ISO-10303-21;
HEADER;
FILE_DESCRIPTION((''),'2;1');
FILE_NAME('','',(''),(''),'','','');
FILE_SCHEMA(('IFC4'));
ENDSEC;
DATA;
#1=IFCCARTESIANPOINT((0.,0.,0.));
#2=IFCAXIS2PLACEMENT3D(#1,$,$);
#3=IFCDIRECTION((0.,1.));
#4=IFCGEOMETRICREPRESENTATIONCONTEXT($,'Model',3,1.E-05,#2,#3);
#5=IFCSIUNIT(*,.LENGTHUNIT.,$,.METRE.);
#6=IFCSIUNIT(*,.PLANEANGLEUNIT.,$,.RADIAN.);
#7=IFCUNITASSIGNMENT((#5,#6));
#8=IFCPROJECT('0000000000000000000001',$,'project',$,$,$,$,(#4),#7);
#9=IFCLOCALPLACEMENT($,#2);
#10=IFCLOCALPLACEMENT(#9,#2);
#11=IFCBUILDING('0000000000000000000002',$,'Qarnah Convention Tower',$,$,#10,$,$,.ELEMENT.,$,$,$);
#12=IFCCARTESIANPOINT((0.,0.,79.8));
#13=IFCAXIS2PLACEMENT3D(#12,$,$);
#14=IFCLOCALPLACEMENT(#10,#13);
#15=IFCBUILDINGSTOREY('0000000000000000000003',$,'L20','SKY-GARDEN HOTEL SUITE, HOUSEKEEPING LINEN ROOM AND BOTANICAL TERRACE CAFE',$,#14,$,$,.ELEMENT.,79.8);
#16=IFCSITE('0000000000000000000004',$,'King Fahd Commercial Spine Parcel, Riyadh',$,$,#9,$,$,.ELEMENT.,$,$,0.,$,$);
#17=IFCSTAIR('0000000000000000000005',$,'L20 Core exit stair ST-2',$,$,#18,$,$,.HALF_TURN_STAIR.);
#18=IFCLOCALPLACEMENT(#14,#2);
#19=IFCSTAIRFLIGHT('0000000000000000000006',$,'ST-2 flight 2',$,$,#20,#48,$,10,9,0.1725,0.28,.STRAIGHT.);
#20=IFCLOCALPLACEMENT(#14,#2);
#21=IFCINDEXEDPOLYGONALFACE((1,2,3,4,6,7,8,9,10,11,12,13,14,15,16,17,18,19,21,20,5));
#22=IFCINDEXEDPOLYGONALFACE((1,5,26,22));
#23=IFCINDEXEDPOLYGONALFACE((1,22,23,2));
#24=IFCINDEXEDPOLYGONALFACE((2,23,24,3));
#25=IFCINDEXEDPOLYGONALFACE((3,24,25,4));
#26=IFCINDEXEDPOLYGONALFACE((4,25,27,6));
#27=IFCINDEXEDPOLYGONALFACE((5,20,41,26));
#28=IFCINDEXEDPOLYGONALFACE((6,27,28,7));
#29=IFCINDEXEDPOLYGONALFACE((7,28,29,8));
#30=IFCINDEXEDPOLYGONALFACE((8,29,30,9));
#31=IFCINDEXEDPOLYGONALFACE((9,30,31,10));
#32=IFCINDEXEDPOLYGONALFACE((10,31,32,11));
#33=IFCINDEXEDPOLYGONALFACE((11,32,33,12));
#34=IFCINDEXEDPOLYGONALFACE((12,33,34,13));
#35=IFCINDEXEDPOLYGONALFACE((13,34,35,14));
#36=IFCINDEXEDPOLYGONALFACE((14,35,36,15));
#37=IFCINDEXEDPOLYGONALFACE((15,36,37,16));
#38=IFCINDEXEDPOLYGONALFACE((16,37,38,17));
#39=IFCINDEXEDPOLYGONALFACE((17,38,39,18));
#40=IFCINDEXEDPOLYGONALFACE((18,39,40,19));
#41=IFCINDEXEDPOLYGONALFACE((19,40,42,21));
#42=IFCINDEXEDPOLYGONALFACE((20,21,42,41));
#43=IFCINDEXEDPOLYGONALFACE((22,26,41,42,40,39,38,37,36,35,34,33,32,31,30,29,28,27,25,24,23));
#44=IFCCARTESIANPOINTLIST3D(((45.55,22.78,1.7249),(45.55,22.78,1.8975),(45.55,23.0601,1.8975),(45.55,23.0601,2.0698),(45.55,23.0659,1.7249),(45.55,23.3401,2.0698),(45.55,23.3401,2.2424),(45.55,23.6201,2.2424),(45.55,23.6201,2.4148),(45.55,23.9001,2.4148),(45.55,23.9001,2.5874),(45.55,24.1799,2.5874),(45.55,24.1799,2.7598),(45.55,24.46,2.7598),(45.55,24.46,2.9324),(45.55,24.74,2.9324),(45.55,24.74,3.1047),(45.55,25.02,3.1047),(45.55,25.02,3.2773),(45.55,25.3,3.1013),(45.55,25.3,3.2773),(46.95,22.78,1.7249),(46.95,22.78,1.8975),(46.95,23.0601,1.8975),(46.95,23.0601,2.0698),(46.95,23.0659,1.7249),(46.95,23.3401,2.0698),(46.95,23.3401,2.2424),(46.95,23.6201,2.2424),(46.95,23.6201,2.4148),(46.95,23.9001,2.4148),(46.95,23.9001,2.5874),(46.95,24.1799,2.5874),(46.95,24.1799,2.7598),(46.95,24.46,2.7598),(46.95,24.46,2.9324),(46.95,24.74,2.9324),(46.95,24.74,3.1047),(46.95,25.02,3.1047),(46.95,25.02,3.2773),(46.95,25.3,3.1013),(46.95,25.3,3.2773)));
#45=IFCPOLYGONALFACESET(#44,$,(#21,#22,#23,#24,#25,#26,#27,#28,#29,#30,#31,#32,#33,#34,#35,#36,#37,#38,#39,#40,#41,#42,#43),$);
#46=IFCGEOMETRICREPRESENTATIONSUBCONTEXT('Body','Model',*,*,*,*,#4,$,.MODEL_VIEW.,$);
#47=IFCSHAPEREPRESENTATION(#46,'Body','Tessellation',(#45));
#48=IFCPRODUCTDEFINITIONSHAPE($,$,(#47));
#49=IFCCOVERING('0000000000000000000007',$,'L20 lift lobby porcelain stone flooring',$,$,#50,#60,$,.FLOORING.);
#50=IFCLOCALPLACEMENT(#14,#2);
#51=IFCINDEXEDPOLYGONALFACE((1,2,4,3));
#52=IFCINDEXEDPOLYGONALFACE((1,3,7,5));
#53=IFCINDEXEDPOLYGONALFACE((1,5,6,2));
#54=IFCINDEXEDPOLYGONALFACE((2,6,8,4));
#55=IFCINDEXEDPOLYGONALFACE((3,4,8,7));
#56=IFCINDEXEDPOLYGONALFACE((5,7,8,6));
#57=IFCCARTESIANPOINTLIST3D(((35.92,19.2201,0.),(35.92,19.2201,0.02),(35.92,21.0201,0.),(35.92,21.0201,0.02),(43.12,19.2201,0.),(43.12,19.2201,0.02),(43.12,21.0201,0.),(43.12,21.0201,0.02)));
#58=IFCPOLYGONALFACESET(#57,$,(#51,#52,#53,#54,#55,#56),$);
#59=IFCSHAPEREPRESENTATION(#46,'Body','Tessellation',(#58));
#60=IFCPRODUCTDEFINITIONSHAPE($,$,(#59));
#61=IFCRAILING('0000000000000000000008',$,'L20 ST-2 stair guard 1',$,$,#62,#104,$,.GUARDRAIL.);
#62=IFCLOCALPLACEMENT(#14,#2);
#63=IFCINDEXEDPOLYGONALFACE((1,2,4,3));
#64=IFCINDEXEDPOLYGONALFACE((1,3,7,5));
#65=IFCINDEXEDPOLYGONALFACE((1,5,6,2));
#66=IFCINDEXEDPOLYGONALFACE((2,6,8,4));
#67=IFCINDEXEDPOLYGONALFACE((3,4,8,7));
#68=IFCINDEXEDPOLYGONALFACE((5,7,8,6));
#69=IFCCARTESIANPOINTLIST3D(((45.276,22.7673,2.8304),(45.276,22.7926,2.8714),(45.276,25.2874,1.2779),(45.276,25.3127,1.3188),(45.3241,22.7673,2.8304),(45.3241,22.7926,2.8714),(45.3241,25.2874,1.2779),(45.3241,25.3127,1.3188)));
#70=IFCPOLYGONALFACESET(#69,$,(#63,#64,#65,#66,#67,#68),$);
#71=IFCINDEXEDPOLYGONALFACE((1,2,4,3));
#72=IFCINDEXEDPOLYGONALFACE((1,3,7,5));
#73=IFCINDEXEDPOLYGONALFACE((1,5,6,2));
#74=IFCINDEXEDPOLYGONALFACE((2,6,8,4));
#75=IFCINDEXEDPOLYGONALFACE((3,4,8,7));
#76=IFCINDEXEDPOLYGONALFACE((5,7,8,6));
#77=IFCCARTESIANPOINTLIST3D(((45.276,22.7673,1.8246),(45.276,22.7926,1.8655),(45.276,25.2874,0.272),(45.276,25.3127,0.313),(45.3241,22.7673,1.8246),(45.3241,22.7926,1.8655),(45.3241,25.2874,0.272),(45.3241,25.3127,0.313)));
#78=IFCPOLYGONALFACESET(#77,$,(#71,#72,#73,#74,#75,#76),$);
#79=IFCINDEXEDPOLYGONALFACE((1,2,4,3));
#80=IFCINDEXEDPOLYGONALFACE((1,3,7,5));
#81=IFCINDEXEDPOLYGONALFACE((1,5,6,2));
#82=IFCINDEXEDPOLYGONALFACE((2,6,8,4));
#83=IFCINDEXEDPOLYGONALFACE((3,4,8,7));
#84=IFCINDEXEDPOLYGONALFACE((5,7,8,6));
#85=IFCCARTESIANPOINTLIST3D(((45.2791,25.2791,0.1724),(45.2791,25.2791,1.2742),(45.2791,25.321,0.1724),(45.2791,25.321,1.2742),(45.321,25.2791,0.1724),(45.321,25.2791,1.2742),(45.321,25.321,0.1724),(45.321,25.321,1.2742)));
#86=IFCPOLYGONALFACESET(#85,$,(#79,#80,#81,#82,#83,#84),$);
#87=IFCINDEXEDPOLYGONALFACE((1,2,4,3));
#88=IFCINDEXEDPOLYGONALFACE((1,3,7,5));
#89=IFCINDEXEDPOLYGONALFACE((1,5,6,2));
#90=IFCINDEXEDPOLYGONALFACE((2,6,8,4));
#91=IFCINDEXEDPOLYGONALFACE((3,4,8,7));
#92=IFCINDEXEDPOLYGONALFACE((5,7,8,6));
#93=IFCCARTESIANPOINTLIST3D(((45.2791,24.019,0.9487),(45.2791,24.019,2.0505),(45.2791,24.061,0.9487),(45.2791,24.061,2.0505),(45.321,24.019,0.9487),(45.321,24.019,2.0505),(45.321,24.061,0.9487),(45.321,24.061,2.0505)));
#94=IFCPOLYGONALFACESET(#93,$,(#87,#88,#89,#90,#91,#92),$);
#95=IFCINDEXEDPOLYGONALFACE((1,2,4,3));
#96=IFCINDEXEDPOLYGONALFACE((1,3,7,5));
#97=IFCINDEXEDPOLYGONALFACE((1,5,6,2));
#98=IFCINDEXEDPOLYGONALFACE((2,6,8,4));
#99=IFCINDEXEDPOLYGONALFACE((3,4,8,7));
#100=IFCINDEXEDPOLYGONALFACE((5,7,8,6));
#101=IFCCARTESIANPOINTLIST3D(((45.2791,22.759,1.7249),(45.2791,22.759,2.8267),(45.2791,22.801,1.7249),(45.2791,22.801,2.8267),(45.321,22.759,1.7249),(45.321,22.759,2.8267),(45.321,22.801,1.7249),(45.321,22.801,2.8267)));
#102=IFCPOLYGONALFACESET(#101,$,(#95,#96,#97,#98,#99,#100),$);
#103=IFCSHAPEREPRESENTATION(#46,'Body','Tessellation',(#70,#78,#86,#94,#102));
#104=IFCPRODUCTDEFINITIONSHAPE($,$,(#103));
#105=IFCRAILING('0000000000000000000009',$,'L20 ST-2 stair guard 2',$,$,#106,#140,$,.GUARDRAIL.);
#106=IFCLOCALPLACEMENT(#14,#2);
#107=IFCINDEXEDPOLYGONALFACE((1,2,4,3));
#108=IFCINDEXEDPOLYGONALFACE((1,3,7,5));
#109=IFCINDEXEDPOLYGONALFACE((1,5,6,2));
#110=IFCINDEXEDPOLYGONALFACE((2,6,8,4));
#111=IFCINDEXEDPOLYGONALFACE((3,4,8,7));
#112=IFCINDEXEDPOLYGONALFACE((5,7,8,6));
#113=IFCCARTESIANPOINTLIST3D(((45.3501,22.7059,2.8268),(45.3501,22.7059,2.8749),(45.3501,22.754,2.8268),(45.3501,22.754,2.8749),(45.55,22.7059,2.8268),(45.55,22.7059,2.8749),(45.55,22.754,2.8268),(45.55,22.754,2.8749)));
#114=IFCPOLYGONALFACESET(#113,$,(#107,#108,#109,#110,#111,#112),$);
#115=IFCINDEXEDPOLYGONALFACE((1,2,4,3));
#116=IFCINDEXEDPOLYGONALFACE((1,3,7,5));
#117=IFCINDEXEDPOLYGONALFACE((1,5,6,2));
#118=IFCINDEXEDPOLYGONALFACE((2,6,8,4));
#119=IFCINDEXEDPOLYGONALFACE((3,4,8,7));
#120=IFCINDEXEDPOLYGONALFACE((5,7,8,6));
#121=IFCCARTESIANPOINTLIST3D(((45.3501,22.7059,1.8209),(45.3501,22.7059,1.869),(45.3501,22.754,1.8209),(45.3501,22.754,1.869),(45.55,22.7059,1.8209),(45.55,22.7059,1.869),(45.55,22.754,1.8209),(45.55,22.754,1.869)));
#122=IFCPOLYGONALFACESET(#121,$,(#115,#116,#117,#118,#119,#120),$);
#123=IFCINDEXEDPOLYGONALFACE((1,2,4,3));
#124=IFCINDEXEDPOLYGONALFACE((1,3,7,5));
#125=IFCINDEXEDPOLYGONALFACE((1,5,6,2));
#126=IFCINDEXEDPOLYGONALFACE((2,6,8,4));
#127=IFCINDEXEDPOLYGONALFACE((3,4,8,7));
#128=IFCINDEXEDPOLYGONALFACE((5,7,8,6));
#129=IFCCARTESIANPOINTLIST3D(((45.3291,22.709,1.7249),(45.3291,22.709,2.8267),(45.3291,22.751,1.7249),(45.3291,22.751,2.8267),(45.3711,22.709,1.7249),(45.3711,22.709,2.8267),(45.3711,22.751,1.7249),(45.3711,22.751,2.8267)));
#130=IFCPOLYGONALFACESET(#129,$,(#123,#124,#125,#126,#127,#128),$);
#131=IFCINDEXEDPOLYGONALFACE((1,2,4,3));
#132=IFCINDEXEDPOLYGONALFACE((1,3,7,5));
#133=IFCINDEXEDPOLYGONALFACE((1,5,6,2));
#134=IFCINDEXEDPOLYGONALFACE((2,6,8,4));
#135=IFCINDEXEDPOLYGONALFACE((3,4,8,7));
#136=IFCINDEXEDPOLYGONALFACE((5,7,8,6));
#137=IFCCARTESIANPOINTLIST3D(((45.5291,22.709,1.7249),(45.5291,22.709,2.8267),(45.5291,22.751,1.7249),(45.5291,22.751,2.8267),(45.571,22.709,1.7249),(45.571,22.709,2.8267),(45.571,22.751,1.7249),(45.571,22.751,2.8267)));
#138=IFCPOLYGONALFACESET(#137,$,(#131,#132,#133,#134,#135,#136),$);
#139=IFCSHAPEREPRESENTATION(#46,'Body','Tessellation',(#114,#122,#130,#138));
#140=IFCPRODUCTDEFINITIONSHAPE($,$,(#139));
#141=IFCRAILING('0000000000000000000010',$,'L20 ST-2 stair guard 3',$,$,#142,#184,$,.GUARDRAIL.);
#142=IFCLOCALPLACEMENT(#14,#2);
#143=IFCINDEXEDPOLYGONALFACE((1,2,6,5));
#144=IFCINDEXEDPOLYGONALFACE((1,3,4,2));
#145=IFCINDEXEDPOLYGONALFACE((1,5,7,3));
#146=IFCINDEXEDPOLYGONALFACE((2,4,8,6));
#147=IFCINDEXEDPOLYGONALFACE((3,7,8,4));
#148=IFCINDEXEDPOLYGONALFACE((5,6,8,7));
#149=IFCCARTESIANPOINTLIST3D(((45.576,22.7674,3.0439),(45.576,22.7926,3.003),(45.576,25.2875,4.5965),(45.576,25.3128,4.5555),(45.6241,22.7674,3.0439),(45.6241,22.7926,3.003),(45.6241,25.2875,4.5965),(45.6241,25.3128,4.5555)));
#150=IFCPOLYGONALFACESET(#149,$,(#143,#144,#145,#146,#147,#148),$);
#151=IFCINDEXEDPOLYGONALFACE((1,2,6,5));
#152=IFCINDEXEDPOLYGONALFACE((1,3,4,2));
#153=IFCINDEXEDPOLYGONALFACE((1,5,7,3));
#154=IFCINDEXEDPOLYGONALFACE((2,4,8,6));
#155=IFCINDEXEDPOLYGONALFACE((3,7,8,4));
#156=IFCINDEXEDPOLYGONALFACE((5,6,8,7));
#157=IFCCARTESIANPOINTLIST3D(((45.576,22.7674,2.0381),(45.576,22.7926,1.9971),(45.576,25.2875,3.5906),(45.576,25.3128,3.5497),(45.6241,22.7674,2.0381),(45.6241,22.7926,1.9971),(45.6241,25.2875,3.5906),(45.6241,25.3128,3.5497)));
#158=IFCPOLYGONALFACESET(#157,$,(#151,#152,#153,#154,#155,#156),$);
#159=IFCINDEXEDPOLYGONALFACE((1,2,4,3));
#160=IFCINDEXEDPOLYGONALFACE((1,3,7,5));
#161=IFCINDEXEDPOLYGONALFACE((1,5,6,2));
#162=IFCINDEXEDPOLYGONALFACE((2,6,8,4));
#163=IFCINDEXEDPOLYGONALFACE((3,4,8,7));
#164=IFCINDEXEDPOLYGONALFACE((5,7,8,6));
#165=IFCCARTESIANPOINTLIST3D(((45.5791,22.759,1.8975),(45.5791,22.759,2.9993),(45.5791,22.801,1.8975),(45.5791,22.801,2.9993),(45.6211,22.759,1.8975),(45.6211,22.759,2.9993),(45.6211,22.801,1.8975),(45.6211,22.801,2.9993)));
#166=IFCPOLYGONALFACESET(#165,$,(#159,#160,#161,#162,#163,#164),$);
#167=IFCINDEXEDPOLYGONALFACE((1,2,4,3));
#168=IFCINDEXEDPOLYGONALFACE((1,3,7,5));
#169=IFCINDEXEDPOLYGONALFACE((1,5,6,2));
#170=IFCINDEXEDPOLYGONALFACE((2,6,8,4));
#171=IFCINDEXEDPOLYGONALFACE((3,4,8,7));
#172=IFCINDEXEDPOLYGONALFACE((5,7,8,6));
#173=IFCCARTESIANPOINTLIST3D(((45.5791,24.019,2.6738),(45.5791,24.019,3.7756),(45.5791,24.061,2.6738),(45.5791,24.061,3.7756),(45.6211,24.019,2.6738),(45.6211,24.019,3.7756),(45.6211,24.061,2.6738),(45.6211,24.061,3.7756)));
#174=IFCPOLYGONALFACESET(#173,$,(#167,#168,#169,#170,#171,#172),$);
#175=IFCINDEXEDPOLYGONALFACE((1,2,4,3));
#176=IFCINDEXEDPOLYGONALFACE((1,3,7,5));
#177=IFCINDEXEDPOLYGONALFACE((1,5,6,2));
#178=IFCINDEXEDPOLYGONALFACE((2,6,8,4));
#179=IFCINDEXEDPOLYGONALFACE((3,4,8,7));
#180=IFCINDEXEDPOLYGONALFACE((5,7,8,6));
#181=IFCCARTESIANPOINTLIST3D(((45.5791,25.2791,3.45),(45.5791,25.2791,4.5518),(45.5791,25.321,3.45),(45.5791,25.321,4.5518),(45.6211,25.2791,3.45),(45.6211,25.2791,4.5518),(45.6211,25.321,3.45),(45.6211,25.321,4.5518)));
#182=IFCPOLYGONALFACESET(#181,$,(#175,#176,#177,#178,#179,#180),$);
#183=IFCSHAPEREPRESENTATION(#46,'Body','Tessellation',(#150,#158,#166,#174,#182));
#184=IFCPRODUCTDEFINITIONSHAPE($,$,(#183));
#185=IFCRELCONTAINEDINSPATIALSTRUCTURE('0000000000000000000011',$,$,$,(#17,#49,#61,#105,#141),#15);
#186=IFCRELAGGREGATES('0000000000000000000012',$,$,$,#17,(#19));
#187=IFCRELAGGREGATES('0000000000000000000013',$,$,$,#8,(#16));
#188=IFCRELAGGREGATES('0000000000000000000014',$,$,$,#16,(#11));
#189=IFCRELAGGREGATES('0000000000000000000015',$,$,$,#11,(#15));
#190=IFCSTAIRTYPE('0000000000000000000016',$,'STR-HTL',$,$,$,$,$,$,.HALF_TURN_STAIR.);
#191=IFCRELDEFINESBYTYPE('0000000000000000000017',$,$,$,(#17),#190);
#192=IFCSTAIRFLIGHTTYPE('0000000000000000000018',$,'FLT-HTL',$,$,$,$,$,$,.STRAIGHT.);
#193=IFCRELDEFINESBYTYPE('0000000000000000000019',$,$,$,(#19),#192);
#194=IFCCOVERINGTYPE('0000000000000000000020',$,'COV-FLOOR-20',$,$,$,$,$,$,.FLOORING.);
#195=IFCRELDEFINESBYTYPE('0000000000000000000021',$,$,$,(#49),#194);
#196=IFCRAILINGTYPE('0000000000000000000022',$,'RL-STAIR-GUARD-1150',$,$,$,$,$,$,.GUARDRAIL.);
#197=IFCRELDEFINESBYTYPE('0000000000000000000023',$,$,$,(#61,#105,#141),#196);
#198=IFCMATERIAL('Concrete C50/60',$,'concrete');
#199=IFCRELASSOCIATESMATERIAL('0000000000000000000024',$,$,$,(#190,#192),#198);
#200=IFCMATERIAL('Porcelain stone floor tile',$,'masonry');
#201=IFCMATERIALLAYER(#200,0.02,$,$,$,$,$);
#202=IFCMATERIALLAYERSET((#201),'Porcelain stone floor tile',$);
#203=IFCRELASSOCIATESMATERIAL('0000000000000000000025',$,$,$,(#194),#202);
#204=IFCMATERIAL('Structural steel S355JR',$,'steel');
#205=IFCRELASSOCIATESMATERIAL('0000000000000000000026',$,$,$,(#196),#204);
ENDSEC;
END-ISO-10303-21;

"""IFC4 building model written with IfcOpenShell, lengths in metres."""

from ifc_helpers import new_model, si_unit, direction, frame, origin, origin_2d, place, context, subcontext, project, spatial, polyline, rectangle, outline, extrude, material, layer, layer_set, type_object, element, aggregate, save


model = new_model("IFC4")

# Units and contexts
model_context = context("Model", 3, precision=1e-05, world=origin(), true_north=direction((0.0, 1.0)))
body_context = subcontext(model_context, "Body", "Model", "MODEL_VIEW")
ifc_project = project(units=[si_unit("LENGTHUNIT", "METRE"), si_unit("PLANEANGLEUNIT", "RADIAN")], contexts=[model_context])

# Site, building, storey
site_placement = place(None, origin())
site = spatial("IfcSite", under=ifc_project, at=site_placement, Name="King Fahd Commercial Spine Parcel, Riyadh", CompositionType="ELEMENT", RefElevation=0.0)
building_placement = place(site_placement, origin())
building = spatial("IfcBuilding", under=site, at=building_placement, Name="Qarnah Convention Tower", CompositionType="ELEMENT")
storey_placement = place(building_placement, frame((0.0, 0.0, 79.8)))
storey = spatial("IfcBuildingStorey", under=building, at=storey_placement, Name="L20", Description="SKY-GARDEN HOTEL SUITE, HOUSEKEEPING LINEN ROOM AND BOTANICAL TERRACE CAFE", CompositionType="ELEMENT", Elevation=79.8)

# Shared definitions
ifc_material_1 = material(Name="Structural steel S355JR", Category="steel")

# Stair, stair flight
ifc_material_2 = material(Name="Concrete C50/60", Category="concrete")
stair_type = type_object("IfcStairType", Name="STR-HTL", PredefinedType="HALF_TURN_STAIR", material=ifc_material_2)
stair_placement = place(storey_placement, origin())
stair = element("IfcStair", 1, at=stair_placement, inside=storey, type_object=stair_type, Name="L20 Core exit stair ST-2", PredefinedType="HALF_TURN_STAIR")
stair_flight_type = type_object("IfcStairFlightType", Name="FLT-HTL", PredefinedType="STRAIGHT", material=ifc_material_2)
stair_flight_1_placement = place(storey_placement, frame((46.25, 22.78, 1.7249), z_axis=(0.0, 0.0, 1.0), x_axis=(0.0, 1.0, 0.0)))
stair_flight_1 = element("IfcStairFlight", 2, at=stair_flight_1_placement, type_object=stair_flight_type, Name="ST-2 flight 2", NumberOfRisers=10, NumberOfTreads=9, PredefinedType="STRAIGHT", RiserHeight=0.1725, TreadLength=0.28, context=body_context, shape_type="SweptSolid", body=[
    extrude(outline(polyline([(0.0, 0.0), (0.0, 0.1726), (0.28, 0.1726), (0.28, 0.345), (0.5601, 0.345), (0.5601, 0.5176), (0.8401, 0.5176), (0.8401, 0.6899), (1.1201, 0.6899), (1.1201, 0.8625), (1.3999, 0.8625), (1.3999, 1.0349), (1.6799, 1.0349), (1.6799, 1.2075), (1.96, 1.2075), (1.96, 1.3799), (2.24, 1.3799), (2.24, 1.5525), (2.52, 1.5525), (2.52, 1.7251), (2.52, 1.3765), (0.2859, 0.0), (0.0, 0.0)])), frame((0.0, 0.7, 0.0), z_axis=(0.0, -1.0, 0.0), x_axis=(1.0, 0.0, 0.0)), (0.0, 0.0, 1.0), 1.3999),
])
aggregate(stair, [stair_flight_1])

# Covering
ifc_material_3 = material(Name="Porcelain stone floor tile", Category="masonry")
ifc_layer_1 = layer(ifc_material_3, 0.02)
ifc_layer_set_1 = layer_set([ifc_layer_1], Name="Porcelain stone floor tile")
covering_type = type_object("IfcCoveringType", Name="COV-FLOOR-20", PredefinedType="FLOORING", material=ifc_layer_set_1)
covering_placement = place(storey_placement, frame((39.52, 20.1201, 0.0), z_axis=(0.0, 0.0, 1.0), x_axis=(1.0, 0.0, 0.0)))
element("IfcCovering", 3, at=covering_placement, inside=storey, type_object=covering_type, Name="L20 lift lobby porcelain stone flooring", PredefinedType="FLOORING", context=body_context, shape_type="SweptSolid", body=[
    extrude(rectangle(XDim=7.2, YDim=1.8, at=origin_2d()), origin(), (0.0, 0.0, 1.0), 0.02),
])

# Railings
railing_type_1 = type_object("IfcRailingType", Name="RL-STAIR-GUARD-1150", PredefinedType="GUARDRAIL", material=ifc_material_1)
railing_1_placement = place(storey_placement, frame((45.3, 25.3, 0.1724)))
element("IfcRailing", 4, at=railing_1_placement, inside=storey, type_object=railing_type_1, Name="L20 ST-2 stair guard 1", PredefinedType="GUARDRAIL", context=body_context, shape_type="SweptSolid", body=[
    extrude(rectangle(XDim=0.0481, YDim=0.0481, at=origin_2d()), frame((0.0, 0.0, 1.126), z_axis=(0.0, -0.8514, 0.524516), x_axis=(1.0, 0.0, 0.0)), (0.0, 0.0, 1.0), 2.96),
    extrude(rectangle(XDim=0.0481, YDim=0.0481, at=origin_2d()), frame((0.0, 0.0, 0.1201), z_axis=(0.0, -0.8514, 0.524516), x_axis=(1.0, 0.0, 0.0)), (0.0, 0.0, 1.0), 2.96),
    extrude(rectangle(XDim=0.042, YDim=0.042, at=origin_2d()), origin(), (0.0, 0.0, 1.0), 1.1018),
    extrude(rectangle(XDim=0.042, YDim=0.042, at=origin_2d()), frame((0.0, -1.26, 0.7764)), (0.0, 0.0, 1.0), 1.1018),
    extrude(rectangle(XDim=0.042, YDim=0.042, at=origin_2d()), frame((0.0, -2.52, 1.5525)), (0.0, 0.0, 1.0), 1.1018),
])
railing_2_placement = place(storey_placement, frame((45.3501, 22.73, 1.7249)))
element("IfcRailing", 5, at=railing_2_placement, inside=storey, type_object=railing_type_1, Name="L20 ST-2 stair guard 2", PredefinedType="GUARDRAIL", context=body_context, shape_type="SweptSolid", body=[
    extrude(rectangle(XDim=0.0481, YDim=0.0481, at=origin_2d()), frame((0.0, 0.0, 1.126), z_axis=(1.0, 0.0, 0.0), x_axis=(0.0, 1.0, 0.0)), (0.0, 0.0, 1.0), 0.2),
    extrude(rectangle(XDim=0.0481, YDim=0.0481, at=origin_2d()), frame((0.0, 0.0, 0.1201), z_axis=(1.0, 0.0, 0.0), x_axis=(0.0, 1.0, 0.0)), (0.0, 0.0, 1.0), 0.2),
    extrude(rectangle(XDim=0.042, YDim=0.042, at=origin_2d()), origin(), (0.0, 0.0, 1.0), 1.1018),
    extrude(rectangle(XDim=0.042, YDim=0.042, at=origin_2d()), frame((0.2, 0.0, 0.0)), (0.0, 0.0, 1.0), 1.1018),
])
railing_3_placement = place(storey_placement, frame((45.6001, 22.78, 1.8975)))
element("IfcRailing", 6, at=railing_3_placement, inside=storey, type_object=railing_type_1, Name="L20 ST-2 stair guard 3", PredefinedType="GUARDRAIL", context=body_context, shape_type="SweptSolid", body=[
    extrude(rectangle(XDim=0.0481, YDim=0.0481, at=origin_2d()), frame((0.0, 0.0, 1.126), z_axis=(0.0, 0.8514, 0.524516), x_axis=(-1.0, 0.0, 0.0)), (0.0, 0.0, 1.0), 2.96),
    extrude(rectangle(XDim=0.0481, YDim=0.0481, at=origin_2d()), frame((0.0, 0.0, 0.1201), z_axis=(0.0, 0.8514, 0.524516), x_axis=(-1.0, 0.0, 0.0)), (0.0, 0.0, 1.0), 2.96),
    extrude(rectangle(XDim=0.042, YDim=0.042, at=origin_2d()), origin(), (0.0, 0.0, 1.0), 1.1018),
    extrude(rectangle(XDim=0.042, YDim=0.042, at=origin_2d()), frame((0.0, 1.26, 0.7764)), (0.0, 0.0, 1.0), 1.1018),
    extrude(rectangle(XDim=0.042, YDim=0.042, at=origin_2d()), frame((0.0, 2.52, 1.5525)), (0.0, 0.0, 1.0), 1.1018),
])

save(model, "model.ifc")
